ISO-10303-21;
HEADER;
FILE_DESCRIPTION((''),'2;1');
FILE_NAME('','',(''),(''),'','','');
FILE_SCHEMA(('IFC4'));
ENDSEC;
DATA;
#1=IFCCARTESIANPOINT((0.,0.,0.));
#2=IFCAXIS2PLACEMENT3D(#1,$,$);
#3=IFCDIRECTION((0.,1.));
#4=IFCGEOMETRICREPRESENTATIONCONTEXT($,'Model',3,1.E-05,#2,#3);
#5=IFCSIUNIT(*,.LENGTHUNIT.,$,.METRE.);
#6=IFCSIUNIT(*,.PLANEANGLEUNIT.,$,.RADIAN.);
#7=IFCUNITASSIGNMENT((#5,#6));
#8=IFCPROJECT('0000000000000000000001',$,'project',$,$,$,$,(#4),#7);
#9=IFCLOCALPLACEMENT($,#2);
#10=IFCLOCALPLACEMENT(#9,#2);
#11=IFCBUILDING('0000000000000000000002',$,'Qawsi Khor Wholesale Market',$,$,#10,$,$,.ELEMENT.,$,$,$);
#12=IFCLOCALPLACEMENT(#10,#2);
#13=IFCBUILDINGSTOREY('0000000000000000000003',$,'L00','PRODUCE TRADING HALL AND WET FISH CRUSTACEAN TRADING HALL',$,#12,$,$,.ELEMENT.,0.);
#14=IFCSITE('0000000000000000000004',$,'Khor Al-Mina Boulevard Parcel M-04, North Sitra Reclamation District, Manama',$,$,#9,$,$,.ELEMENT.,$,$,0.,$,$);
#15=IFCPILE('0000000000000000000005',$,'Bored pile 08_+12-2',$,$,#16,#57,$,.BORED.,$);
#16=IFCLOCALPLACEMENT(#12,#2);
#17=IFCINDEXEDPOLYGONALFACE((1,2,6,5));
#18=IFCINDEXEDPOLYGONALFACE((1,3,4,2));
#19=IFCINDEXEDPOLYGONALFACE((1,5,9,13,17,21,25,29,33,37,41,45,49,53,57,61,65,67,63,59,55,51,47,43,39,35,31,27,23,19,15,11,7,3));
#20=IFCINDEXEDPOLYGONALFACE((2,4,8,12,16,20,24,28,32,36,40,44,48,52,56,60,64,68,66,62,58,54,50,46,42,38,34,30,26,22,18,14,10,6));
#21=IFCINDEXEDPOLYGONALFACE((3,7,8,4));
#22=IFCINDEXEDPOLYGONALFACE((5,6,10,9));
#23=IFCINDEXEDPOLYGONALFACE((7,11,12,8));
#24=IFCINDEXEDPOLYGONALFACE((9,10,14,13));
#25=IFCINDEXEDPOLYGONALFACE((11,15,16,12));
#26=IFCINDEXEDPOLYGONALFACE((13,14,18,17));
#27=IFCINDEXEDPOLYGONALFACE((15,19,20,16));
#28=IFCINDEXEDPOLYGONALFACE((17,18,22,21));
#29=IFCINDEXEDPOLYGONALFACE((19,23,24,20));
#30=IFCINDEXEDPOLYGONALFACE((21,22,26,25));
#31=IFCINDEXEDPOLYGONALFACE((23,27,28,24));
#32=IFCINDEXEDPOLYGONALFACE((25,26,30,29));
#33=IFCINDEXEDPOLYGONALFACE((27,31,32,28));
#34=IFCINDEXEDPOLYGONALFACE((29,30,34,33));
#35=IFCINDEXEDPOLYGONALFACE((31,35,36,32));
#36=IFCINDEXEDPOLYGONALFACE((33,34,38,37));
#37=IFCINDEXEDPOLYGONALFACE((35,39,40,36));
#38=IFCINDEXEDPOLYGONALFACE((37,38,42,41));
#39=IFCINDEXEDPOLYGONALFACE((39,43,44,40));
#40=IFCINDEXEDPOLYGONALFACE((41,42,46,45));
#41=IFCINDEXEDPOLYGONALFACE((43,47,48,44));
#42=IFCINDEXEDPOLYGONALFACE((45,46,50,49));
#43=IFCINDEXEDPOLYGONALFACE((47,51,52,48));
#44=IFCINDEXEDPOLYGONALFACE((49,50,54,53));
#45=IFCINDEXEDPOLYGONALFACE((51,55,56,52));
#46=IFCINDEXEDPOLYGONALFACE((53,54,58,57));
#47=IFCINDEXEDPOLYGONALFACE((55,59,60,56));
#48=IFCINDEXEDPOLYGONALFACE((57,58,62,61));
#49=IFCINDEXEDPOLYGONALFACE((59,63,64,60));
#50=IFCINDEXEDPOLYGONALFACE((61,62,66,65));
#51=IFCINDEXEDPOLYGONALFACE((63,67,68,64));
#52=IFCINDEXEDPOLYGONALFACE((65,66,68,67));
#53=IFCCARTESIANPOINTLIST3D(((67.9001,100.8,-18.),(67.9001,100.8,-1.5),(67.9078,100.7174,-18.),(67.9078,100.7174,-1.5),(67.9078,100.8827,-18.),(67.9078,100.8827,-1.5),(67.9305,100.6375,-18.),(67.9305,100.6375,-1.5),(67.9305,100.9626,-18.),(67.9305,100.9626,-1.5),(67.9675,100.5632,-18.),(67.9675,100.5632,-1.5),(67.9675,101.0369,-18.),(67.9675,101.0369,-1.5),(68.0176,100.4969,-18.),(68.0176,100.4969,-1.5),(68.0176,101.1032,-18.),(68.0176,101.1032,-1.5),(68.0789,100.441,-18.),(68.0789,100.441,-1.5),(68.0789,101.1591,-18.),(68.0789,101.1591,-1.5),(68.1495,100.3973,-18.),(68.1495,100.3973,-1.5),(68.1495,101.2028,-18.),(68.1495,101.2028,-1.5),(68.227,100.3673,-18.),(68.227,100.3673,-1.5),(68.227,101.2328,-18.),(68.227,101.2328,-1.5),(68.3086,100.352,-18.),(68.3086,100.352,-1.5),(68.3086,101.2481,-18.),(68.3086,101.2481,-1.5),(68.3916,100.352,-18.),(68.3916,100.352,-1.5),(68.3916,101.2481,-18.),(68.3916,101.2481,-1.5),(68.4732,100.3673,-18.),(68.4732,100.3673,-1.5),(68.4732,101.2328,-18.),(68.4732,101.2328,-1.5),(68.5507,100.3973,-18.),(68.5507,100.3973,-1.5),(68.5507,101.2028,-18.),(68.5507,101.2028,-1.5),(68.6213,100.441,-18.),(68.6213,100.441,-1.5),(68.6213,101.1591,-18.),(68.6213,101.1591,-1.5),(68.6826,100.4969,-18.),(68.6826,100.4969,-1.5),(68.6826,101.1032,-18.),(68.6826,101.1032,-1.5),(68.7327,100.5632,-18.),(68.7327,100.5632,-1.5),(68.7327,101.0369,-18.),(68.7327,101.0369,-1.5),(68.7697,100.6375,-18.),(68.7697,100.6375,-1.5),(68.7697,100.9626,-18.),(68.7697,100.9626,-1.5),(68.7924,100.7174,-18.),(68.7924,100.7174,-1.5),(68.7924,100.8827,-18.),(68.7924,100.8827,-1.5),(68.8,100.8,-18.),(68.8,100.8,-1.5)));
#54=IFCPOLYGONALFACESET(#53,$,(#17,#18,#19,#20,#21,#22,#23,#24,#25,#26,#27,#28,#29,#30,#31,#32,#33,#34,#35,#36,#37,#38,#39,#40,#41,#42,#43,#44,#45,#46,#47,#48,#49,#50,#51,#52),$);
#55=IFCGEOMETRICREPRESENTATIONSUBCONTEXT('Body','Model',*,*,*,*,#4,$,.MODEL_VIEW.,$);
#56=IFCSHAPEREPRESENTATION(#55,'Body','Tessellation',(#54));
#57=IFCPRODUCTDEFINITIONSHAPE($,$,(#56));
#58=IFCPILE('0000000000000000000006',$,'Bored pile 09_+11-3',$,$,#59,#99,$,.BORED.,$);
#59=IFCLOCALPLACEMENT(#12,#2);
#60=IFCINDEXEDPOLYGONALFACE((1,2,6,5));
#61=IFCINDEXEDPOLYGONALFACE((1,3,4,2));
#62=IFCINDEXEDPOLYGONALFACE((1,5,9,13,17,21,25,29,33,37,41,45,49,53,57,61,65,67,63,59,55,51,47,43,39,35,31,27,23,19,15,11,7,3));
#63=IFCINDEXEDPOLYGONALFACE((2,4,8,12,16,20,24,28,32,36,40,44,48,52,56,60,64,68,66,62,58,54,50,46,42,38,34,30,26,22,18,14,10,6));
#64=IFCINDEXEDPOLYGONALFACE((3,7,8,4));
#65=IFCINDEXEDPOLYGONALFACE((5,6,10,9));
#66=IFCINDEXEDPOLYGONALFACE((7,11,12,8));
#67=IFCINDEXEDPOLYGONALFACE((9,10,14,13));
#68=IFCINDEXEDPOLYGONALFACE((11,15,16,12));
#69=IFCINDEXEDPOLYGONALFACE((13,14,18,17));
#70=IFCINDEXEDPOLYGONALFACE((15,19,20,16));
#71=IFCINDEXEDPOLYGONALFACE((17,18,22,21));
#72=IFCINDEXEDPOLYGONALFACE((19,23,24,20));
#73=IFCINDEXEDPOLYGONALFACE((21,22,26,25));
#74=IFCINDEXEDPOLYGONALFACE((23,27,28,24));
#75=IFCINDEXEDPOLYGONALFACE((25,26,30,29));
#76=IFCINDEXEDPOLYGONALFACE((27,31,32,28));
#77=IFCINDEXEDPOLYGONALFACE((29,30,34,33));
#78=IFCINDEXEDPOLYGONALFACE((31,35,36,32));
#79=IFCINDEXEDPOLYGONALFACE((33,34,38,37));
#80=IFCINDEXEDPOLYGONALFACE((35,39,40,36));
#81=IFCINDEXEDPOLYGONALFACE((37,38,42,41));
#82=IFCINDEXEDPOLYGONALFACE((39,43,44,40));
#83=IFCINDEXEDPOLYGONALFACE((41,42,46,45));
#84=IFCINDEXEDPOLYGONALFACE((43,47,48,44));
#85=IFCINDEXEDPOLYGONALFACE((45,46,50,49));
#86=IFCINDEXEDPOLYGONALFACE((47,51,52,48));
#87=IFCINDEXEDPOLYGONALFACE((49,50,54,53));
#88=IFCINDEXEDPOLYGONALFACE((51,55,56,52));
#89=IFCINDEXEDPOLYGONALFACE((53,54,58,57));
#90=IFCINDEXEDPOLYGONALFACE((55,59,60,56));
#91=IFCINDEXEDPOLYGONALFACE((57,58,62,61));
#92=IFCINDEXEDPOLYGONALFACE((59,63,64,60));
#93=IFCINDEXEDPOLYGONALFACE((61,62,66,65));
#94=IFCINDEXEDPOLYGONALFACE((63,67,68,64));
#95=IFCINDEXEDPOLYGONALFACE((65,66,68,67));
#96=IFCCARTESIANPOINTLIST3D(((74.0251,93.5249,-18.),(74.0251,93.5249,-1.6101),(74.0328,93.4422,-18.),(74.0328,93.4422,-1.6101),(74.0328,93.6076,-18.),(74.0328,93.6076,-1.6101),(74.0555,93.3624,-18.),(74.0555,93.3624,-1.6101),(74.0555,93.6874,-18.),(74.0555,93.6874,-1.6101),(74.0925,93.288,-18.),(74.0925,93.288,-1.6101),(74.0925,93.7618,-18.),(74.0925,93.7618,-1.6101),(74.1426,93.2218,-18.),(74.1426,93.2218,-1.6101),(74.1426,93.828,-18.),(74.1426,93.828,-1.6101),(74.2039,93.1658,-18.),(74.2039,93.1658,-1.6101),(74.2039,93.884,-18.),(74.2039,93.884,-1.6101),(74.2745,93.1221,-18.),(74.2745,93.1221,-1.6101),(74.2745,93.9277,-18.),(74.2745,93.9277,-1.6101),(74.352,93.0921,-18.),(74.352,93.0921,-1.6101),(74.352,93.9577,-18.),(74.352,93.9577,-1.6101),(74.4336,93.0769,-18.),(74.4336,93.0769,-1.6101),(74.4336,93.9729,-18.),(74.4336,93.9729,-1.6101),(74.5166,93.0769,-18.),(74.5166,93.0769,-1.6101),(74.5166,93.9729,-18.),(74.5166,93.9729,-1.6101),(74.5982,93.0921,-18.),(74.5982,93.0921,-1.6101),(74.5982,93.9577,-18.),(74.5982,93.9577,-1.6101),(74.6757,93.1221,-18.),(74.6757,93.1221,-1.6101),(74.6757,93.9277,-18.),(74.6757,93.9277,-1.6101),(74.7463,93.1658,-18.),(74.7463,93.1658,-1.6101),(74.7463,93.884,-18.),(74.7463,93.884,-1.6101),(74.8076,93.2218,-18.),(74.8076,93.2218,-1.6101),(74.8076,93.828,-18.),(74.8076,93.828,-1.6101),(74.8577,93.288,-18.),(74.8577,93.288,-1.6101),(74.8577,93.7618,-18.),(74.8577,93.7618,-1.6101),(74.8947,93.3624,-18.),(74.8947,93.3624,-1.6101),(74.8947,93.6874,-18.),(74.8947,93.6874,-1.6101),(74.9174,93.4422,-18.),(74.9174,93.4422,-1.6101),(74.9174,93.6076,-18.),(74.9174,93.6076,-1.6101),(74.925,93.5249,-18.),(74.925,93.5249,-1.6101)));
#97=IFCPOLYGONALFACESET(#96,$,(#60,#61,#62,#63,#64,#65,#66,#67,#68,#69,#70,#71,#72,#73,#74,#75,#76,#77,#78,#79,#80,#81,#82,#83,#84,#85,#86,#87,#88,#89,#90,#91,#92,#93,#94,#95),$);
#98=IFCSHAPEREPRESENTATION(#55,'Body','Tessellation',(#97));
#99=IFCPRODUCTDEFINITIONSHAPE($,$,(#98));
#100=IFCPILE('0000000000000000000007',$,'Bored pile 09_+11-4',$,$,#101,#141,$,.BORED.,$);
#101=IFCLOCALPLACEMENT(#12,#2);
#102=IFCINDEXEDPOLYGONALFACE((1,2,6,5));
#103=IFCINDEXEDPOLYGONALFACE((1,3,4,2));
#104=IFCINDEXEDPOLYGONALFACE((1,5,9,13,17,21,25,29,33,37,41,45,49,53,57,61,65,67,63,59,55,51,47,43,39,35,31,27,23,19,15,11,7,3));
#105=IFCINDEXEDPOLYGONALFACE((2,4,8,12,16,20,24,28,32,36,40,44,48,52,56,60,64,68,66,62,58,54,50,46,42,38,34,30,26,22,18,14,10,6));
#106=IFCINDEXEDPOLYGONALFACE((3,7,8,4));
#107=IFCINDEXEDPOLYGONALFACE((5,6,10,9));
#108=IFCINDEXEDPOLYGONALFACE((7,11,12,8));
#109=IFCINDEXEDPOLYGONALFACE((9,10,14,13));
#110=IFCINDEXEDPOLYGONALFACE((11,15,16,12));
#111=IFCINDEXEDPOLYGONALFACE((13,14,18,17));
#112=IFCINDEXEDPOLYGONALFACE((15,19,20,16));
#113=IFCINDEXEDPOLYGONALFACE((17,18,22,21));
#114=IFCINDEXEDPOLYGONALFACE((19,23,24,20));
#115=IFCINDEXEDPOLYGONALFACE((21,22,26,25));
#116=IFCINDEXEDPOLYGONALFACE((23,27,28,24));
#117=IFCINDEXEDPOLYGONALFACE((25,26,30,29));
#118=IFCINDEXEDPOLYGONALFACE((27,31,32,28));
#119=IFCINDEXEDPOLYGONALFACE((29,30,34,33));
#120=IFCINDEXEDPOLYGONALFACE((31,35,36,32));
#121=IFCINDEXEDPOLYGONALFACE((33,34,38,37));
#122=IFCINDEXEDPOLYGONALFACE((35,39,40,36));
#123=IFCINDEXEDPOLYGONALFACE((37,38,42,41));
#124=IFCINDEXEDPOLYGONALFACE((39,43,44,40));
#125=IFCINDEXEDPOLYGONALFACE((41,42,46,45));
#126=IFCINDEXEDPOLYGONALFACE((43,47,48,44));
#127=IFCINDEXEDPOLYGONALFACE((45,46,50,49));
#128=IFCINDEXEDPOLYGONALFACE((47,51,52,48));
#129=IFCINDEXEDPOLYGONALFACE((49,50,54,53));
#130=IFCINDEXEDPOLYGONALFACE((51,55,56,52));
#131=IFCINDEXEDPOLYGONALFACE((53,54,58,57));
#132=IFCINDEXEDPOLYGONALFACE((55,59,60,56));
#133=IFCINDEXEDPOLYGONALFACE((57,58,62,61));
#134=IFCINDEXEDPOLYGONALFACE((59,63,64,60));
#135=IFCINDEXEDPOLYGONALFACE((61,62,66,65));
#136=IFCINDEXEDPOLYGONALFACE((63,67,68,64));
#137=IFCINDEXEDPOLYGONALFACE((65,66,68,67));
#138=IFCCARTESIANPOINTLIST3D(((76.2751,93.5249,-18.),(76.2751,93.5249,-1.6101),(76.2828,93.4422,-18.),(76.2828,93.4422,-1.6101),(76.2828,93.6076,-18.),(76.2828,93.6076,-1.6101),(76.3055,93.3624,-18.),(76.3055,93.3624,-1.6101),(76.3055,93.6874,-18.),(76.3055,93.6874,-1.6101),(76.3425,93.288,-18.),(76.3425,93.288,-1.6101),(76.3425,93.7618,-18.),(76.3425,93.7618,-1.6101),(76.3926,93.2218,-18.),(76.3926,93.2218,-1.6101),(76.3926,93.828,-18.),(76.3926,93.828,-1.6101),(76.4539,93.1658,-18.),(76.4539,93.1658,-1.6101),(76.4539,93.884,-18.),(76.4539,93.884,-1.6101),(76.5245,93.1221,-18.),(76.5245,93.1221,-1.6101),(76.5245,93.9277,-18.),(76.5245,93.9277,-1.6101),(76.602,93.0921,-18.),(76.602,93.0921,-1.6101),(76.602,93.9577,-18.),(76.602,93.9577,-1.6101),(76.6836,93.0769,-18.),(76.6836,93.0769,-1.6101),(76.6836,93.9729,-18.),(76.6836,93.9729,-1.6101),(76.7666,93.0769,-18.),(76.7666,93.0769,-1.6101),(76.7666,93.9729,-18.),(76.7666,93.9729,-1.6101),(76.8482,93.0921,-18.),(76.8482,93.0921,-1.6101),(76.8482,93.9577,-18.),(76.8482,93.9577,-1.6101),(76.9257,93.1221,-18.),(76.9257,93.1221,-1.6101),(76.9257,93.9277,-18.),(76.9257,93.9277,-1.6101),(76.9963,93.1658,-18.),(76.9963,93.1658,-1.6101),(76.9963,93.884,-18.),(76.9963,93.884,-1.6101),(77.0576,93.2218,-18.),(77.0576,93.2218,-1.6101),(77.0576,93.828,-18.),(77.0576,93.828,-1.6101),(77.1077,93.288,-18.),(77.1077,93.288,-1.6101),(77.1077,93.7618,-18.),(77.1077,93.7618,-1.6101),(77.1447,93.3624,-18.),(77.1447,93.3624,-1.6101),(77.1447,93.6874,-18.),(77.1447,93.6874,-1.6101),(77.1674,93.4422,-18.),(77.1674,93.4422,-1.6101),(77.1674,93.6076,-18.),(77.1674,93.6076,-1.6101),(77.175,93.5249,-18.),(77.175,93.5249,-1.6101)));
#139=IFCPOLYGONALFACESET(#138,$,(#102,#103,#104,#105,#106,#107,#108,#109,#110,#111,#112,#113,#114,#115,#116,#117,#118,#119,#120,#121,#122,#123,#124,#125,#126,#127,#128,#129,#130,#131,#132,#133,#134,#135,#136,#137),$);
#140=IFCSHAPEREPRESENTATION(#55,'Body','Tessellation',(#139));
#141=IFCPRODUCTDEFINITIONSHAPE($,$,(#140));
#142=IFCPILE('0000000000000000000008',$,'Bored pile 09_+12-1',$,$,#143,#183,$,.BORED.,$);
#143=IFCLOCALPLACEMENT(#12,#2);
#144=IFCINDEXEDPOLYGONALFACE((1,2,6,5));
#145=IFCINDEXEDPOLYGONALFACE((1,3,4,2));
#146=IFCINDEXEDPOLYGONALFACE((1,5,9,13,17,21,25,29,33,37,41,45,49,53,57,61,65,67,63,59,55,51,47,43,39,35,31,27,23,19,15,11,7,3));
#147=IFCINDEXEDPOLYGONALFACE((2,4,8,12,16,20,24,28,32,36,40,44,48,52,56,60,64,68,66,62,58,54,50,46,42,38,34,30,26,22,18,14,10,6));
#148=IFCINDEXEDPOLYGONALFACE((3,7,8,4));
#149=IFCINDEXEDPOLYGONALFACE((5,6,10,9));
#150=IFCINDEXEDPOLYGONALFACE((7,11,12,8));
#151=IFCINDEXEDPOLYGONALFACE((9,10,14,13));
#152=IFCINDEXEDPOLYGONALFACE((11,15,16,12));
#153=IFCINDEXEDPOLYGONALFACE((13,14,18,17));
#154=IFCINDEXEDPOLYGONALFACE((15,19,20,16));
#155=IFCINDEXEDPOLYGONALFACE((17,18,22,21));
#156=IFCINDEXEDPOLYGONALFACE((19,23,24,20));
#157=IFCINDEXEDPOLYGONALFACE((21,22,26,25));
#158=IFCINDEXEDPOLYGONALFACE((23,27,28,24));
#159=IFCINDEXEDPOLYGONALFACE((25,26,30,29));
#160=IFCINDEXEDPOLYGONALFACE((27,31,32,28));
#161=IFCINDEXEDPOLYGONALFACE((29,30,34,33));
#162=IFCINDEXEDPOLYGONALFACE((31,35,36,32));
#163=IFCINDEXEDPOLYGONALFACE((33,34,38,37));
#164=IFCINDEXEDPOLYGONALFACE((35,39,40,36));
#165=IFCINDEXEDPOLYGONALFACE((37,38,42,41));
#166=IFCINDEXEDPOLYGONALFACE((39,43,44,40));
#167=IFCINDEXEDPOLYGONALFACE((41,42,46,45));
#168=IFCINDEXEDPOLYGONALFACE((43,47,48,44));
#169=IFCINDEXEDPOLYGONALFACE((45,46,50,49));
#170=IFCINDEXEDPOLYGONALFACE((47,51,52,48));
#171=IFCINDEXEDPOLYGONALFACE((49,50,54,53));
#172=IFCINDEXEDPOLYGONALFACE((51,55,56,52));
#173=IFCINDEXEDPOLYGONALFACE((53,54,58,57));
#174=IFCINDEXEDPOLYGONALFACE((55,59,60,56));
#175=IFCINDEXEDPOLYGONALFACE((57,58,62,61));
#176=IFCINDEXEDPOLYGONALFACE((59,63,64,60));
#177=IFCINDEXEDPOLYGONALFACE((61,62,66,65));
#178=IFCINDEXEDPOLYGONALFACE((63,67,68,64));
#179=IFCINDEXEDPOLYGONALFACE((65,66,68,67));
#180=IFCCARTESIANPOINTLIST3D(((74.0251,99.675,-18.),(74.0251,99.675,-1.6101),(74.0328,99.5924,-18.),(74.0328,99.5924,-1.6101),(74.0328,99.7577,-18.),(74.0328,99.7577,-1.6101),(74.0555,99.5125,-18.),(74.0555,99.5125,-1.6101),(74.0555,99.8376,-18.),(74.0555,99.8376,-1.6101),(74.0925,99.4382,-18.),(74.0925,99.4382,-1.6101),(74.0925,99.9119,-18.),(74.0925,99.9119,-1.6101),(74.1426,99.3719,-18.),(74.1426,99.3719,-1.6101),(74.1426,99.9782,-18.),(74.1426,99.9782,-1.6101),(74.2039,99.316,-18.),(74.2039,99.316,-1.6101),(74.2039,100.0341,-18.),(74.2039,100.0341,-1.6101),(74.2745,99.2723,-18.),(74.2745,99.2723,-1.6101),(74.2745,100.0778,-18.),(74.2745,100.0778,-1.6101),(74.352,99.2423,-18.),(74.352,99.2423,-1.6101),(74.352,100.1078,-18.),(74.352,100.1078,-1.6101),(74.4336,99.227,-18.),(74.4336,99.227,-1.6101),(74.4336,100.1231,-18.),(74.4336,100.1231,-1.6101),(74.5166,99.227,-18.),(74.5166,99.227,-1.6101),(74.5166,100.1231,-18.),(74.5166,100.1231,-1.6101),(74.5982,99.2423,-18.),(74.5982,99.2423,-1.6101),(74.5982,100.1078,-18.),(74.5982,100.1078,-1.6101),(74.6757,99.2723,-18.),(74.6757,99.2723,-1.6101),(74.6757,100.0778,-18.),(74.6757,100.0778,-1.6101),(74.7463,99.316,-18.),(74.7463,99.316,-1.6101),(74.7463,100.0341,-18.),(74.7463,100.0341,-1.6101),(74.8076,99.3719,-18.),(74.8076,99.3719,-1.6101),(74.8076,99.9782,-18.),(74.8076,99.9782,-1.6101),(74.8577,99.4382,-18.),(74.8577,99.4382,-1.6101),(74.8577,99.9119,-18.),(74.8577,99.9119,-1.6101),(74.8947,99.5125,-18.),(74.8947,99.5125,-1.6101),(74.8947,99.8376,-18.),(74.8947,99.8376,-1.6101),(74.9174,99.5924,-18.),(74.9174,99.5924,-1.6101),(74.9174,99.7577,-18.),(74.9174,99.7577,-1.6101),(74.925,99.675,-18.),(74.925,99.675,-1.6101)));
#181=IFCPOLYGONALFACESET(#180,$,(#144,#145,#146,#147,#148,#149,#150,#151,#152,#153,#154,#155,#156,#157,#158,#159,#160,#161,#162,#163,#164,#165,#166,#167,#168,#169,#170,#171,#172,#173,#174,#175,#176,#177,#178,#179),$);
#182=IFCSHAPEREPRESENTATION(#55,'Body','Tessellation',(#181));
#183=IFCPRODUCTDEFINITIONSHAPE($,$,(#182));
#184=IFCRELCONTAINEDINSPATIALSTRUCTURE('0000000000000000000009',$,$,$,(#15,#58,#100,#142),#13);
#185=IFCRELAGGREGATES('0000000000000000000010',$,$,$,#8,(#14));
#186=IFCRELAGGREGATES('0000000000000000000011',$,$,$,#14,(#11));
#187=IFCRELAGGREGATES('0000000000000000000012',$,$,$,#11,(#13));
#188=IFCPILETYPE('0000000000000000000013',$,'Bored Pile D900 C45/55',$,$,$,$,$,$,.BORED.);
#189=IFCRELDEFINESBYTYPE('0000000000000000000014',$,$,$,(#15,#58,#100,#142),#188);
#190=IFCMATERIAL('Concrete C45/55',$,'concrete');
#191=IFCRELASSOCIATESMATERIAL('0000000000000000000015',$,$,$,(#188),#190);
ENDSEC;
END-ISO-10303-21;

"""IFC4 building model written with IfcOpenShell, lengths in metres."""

from ifc_helpers import new_model, si_unit, direction, frame, origin, origin_2d, place, context, subcontext, project, spatial, circle, extrude, material, material_profile, profile_set, type_object, element, save


model = new_model("IFC4")

# Units and contexts
model_context = context("Model", 3, precision=1e-05, world=origin(), true_north=direction((0.0, 1.0)))
body_context = subcontext(model_context, "Body", "Model", "MODEL_VIEW")
ifc_project = project(units=[si_unit("LENGTHUNIT", "METRE"), si_unit("PLANEANGLEUNIT", "RADIAN")], contexts=[model_context])

# Site, building, storey
site_placement = place(None, origin())
site = spatial("IfcSite", under=ifc_project, at=site_placement, Name="Khor Al-Mina Boulevard Parcel M-04, North Sitra Reclamation District, Manama", CompositionType="ELEMENT", RefElevation=0.0)
building_placement = place(site_placement, origin())
building = spatial("IfcBuilding", under=site, at=building_placement, Name="Qawsi Khor Wholesale Market", CompositionType="ELEMENT")
storey_placement = place(building_placement, origin())
storey = spatial("IfcBuildingStorey", under=building, at=storey_placement, Name="L00", Description="PRODUCE TRADING HALL AND WET FISH CRUSTACEAN TRADING HALL", CompositionType="ELEMENT", Elevation=0.0)

# Piles
ifc_material_1 = material(Name="Concrete C45/55", Category="concrete")
ifc_material_profile_1 = material_profile(ifc_material_1, circle(Radius=0.45, at=origin_2d()), Name="PILE D900")
ifc_profile_set_1 = profile_set([ifc_material_profile_1], Name="Concrete C45/55")
pile_type = type_object("IfcPileType", Name="Bored Pile D900 C45/55", PredefinedType="BORED", material=ifc_profile_set_1)
pile_1_placement = place(storey_placement, frame((68.3501, 100.8, -1.5), z_axis=(0.0, 0.0, -1.0), x_axis=(1.0, 0.0, 0.0)))
element("IfcPile", 1, at=pile_1_placement, inside=storey, type_object=pile_type, Name="Bored pile 08_+12-2", PredefinedType="BORED", context=body_context, shape_type="SweptSolid", body=[
    extrude(circle(Radius=0.45, at=origin_2d()), origin(), (0.0, 0.0, 1.0), 16.5),
])
for number, where, z_axis, x_axis, name in (
    (2, (74.4751, 93.5249, -1.6101), (0.0, 0.0, -1.0), (1.0, 0.0, 0.0), "Bored pile 09_+11-3"),
    (3, (76.7251, 93.5249, -1.6101), (0.0, 0.0, -1.0), (1.0, 0.0, 0.0), "Bored pile 09_+11-4"),
    (4, (74.4751, 99.675, -1.6101), (0.0, 0.0, -1.0), (1.0, 0.0, 0.0), "Bored pile 09_+12-1"),
):
    element("IfcPile", number, at=place(storey_placement, frame(where, z_axis=z_axis, x_axis=x_axis)), inside=storey, type_object=pile_type, Name=name, PredefinedType="BORED", context=body_context, shape_type="SweptSolid", body=[
        extrude(circle(Radius=0.45, at=origin_2d()), origin(), (0.0, 0.0, 1.0), 16.3899),
    ])

save(model, "model.ifc")
